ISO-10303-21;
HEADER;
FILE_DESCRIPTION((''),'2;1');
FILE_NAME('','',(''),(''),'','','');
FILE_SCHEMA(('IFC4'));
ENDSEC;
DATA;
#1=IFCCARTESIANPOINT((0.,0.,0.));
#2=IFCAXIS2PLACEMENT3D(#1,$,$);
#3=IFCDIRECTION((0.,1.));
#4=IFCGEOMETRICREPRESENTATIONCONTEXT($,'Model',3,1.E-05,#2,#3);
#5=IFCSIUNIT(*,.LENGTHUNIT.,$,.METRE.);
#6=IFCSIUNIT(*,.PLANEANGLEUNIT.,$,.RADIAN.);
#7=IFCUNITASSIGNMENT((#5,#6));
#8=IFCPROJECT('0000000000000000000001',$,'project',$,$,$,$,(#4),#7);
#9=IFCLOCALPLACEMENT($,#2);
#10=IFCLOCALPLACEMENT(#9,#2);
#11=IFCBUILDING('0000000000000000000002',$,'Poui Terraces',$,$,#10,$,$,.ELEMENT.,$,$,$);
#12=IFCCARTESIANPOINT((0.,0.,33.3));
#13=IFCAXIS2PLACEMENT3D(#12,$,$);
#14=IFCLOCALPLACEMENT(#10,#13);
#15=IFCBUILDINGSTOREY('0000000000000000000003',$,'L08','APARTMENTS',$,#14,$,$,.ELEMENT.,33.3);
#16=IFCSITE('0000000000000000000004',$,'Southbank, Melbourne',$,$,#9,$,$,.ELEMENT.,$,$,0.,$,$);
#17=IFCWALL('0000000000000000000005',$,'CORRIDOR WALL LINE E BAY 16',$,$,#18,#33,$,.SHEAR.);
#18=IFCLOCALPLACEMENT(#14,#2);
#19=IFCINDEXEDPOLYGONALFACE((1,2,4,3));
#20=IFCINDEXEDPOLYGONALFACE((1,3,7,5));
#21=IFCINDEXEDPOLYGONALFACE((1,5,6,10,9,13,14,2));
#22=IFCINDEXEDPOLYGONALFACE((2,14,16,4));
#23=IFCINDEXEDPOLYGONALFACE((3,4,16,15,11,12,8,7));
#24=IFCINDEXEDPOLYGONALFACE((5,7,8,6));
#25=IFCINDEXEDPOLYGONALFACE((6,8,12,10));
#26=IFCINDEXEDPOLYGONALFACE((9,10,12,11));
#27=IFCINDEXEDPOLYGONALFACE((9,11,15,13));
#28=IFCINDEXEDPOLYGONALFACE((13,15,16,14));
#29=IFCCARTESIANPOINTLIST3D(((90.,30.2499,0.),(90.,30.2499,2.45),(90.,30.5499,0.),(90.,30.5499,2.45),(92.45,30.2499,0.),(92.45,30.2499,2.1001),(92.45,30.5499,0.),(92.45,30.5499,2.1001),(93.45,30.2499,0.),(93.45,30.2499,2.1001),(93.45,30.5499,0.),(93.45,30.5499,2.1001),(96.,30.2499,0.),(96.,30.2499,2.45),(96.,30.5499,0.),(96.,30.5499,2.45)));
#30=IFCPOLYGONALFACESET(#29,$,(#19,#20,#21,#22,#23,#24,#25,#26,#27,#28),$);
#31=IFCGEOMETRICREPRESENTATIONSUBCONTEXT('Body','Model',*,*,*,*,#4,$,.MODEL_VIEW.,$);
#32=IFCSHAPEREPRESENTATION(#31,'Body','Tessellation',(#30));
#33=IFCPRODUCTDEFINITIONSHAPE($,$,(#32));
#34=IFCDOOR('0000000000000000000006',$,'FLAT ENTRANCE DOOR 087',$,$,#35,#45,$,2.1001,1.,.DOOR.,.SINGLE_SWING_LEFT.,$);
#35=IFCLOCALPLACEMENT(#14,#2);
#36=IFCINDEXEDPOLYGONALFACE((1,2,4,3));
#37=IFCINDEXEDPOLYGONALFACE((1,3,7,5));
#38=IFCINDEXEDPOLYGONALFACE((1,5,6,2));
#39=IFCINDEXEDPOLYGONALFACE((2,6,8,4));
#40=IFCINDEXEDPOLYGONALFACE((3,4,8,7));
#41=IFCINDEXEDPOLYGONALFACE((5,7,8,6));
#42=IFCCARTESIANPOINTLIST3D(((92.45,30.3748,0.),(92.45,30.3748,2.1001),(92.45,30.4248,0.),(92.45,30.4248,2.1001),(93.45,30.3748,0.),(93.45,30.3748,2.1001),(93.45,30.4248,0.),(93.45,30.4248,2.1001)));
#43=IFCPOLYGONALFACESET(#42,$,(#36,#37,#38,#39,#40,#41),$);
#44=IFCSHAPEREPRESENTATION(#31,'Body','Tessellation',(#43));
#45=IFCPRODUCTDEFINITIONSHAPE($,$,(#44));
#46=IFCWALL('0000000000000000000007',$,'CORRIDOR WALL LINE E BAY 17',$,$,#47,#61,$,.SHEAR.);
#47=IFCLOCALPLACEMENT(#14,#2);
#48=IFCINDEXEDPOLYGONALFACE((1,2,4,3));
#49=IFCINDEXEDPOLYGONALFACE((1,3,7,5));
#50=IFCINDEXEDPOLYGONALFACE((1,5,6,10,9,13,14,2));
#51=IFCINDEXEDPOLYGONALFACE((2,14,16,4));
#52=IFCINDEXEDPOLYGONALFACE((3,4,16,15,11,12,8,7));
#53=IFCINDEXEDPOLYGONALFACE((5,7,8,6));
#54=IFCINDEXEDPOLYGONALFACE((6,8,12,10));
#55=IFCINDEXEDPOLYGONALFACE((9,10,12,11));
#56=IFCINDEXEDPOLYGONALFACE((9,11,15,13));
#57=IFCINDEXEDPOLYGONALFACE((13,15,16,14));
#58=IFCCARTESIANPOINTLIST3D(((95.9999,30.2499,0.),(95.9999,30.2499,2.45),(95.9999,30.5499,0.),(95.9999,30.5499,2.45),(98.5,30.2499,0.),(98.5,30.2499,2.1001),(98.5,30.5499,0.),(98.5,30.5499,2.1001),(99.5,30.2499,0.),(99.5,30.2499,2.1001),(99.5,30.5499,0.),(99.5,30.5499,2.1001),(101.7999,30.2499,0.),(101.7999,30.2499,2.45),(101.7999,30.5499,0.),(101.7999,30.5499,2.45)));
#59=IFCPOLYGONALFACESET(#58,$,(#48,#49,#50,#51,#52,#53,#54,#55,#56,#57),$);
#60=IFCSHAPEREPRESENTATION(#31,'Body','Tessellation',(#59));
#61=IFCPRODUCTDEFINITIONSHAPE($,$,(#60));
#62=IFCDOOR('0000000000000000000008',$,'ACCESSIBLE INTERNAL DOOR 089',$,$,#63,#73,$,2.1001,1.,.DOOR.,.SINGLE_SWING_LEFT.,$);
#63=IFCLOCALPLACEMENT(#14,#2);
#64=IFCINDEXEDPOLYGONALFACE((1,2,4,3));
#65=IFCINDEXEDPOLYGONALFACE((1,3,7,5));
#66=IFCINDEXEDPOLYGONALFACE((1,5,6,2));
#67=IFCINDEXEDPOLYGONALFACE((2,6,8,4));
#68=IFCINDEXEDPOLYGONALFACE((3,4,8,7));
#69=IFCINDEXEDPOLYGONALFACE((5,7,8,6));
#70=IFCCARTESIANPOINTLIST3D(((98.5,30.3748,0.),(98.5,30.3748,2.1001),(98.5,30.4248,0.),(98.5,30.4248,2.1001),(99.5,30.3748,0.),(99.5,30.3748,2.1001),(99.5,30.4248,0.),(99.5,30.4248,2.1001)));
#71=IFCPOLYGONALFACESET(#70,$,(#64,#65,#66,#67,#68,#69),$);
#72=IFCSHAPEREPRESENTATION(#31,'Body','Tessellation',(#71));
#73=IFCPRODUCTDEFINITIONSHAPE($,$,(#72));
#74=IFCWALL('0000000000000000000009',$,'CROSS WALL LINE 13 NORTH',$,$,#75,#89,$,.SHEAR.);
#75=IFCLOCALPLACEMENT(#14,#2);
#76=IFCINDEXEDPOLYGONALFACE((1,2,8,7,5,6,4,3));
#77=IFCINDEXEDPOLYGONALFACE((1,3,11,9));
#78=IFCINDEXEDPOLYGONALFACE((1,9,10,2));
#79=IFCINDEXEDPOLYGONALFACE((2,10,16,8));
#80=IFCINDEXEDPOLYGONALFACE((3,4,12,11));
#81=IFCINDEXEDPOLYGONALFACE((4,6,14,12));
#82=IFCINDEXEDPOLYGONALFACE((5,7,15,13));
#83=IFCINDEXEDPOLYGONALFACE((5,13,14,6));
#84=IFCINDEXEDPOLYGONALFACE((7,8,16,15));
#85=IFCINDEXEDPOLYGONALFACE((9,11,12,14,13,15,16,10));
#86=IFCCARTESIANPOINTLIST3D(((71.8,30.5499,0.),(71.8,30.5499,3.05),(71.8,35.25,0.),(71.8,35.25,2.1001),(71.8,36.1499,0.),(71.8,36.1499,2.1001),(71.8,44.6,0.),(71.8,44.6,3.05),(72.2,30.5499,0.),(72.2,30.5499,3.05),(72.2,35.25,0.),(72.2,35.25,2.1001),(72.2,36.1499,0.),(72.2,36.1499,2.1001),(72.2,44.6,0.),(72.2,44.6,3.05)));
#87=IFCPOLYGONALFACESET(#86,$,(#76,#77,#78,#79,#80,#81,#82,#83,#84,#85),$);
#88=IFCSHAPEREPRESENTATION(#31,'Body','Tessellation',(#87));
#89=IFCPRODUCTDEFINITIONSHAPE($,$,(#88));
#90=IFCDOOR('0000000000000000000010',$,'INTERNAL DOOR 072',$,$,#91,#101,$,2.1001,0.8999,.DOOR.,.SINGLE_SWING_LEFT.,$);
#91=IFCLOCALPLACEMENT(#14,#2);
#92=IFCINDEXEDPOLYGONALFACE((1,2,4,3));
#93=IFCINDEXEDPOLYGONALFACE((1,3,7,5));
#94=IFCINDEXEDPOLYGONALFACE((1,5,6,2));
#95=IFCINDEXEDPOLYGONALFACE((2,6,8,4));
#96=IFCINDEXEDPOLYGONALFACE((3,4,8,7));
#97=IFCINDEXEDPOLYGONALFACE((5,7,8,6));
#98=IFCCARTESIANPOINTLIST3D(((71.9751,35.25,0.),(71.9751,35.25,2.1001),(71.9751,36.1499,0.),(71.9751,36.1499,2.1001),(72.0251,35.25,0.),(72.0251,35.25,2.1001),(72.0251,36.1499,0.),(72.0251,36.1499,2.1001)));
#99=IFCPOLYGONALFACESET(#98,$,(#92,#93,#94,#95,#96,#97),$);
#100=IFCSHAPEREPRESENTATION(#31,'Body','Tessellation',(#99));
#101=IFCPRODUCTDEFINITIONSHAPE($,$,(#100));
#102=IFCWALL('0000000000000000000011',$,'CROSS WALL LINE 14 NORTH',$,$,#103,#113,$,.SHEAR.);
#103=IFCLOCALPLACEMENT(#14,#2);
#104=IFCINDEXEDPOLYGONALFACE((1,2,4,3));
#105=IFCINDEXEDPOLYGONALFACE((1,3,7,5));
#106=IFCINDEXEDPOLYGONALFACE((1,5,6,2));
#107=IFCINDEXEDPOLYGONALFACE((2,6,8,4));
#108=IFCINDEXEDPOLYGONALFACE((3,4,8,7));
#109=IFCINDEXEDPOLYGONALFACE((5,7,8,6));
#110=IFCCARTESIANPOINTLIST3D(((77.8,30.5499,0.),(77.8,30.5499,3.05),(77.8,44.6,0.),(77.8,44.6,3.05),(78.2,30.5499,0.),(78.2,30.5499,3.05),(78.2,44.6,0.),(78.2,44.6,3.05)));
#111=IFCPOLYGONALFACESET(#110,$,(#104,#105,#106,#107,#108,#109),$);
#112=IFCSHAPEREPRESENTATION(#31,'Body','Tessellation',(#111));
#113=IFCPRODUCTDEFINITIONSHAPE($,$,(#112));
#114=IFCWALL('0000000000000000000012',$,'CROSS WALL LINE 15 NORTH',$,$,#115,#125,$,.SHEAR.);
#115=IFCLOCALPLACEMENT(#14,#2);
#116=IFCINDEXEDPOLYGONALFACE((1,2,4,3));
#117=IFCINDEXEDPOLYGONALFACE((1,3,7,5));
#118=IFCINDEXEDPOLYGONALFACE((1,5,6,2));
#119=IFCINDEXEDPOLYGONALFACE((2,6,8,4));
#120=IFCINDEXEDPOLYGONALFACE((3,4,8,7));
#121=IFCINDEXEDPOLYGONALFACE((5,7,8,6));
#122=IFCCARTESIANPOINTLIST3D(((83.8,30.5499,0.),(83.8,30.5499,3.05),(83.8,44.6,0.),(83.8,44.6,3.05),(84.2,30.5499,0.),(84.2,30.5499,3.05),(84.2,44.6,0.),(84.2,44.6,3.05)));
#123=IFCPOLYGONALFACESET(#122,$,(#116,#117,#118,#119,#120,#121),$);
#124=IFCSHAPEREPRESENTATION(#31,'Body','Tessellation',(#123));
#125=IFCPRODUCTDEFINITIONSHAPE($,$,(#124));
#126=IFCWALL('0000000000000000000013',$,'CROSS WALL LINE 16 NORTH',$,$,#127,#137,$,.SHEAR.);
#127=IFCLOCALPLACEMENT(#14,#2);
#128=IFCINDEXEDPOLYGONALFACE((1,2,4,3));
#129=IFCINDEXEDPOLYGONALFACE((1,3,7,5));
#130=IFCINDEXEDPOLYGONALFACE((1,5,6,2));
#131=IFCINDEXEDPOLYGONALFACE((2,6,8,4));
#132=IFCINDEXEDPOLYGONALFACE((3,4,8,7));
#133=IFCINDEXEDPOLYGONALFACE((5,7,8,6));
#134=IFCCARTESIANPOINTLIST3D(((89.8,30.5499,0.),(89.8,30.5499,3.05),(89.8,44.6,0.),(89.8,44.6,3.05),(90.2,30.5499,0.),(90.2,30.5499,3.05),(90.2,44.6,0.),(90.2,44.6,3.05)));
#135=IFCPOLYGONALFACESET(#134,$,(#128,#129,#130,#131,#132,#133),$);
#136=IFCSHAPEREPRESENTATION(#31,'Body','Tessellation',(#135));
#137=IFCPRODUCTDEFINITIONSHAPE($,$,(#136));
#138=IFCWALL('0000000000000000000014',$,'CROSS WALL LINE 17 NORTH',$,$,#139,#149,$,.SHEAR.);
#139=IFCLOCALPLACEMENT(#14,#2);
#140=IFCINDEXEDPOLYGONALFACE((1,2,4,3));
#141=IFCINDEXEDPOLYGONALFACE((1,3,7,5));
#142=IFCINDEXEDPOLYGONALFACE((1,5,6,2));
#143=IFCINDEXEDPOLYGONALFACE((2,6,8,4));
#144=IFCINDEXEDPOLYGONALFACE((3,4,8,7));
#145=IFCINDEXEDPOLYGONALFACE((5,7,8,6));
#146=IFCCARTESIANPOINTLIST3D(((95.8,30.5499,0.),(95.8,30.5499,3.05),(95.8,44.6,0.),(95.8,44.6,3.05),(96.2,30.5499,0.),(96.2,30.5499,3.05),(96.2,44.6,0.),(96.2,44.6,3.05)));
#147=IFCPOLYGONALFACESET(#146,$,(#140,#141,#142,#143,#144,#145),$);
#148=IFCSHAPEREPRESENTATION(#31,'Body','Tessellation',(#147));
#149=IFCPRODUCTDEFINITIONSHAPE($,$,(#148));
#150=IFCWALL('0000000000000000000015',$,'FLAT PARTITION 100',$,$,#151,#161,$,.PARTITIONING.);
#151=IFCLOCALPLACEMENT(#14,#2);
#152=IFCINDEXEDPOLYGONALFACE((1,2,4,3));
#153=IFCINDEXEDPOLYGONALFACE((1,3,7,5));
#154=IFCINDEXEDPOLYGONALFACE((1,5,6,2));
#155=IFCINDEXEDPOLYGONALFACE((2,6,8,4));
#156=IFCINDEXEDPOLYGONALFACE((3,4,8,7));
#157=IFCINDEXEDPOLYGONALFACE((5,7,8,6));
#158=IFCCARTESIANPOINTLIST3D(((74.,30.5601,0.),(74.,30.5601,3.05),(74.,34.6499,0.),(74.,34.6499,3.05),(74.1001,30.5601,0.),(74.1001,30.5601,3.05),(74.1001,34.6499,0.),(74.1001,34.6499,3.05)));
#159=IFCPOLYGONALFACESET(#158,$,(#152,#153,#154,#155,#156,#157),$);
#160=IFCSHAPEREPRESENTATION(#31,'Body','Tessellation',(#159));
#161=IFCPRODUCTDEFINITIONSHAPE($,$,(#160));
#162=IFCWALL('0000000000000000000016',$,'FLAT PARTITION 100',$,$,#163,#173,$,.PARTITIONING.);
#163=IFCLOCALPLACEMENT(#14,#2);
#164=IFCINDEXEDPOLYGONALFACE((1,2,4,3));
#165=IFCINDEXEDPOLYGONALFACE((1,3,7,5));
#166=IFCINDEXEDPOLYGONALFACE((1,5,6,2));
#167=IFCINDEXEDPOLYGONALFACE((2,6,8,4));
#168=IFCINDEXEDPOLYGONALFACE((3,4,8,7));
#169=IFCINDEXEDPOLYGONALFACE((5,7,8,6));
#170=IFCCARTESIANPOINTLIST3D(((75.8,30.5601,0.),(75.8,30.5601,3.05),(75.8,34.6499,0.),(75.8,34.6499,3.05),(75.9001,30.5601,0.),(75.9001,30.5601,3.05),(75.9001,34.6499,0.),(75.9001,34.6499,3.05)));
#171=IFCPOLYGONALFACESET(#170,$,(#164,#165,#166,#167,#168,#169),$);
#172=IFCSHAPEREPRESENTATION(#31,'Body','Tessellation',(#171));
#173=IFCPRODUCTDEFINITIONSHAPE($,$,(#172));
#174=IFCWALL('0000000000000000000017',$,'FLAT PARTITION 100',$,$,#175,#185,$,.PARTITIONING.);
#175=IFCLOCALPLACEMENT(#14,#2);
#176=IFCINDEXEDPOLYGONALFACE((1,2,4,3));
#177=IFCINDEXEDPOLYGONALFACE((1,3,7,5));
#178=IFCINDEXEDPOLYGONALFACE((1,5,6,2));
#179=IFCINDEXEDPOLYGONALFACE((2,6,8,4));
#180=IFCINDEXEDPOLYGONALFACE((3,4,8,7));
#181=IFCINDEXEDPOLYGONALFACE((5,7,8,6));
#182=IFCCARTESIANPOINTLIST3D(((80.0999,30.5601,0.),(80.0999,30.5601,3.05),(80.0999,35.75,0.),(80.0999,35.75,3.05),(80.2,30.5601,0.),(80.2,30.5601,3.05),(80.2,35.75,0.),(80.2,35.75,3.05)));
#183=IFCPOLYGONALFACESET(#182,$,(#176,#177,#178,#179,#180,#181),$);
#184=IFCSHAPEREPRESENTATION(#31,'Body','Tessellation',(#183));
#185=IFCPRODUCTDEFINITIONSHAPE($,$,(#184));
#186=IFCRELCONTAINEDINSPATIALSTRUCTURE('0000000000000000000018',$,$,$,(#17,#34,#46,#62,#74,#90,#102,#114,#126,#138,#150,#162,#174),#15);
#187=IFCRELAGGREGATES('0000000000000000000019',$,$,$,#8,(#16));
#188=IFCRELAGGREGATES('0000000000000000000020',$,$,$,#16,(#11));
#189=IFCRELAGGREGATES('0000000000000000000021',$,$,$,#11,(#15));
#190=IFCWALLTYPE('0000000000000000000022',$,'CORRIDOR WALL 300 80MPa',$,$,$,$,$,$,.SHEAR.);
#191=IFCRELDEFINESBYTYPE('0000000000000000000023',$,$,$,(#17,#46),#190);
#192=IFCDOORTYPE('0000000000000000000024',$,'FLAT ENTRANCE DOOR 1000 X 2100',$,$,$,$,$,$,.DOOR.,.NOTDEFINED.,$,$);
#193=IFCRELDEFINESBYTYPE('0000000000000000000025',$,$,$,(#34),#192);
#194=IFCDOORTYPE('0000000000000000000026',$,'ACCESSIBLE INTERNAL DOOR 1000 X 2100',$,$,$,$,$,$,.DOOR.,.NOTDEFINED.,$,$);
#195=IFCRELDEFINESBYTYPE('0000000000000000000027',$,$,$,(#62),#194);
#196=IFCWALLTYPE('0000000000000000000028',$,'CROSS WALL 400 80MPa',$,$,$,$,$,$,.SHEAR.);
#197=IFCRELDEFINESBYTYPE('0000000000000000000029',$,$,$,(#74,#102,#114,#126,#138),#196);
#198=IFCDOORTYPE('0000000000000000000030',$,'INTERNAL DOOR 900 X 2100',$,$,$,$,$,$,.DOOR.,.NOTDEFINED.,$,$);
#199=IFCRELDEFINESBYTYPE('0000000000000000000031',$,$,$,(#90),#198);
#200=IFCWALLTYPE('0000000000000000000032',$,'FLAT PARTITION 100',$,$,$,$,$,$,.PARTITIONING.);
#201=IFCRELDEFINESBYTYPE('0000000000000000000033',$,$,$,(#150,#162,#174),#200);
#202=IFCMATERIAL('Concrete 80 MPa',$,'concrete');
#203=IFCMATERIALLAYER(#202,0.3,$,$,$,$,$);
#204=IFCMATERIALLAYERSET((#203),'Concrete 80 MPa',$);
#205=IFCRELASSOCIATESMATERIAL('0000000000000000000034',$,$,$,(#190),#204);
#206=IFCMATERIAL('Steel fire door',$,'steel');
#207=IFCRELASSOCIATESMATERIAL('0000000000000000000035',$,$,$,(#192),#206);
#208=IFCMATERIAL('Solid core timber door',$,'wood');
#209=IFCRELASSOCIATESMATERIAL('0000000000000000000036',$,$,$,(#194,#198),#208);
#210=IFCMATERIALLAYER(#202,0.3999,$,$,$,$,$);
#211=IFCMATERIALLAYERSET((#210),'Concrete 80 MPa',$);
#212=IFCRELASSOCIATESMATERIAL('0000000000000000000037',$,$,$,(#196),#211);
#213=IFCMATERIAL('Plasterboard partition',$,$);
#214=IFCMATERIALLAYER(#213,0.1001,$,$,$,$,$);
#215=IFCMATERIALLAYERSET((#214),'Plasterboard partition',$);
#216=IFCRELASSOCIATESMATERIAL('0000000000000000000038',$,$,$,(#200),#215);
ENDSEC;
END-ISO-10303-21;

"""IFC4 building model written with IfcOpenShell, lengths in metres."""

from ifc_helpers import new_model, si_unit, direction, frame, frame_2d, origin, place, context, subcontext, project, spatial, rectangle, extrude, material, layer, layer_set, type_object, element, fill, save


model = new_model("IFC4")

# Units and contexts
model_context = context("Model", 3, precision=1e-05, world=origin(), true_north=direction((0.0, 1.0)))
body_context = subcontext(model_context, "Body", "Model", "MODEL_VIEW")
ifc_project = project(units=[si_unit("LENGTHUNIT", "METRE"), si_unit("PLANEANGLEUNIT", "RADIAN")], contexts=[model_context])

# Site, building, storey
site_placement = place(None, origin())
site = spatial("IfcSite", under=ifc_project, at=site_placement, Name="Southbank, Melbourne", CompositionType="ELEMENT", RefElevation=0.0)
building_placement = place(site_placement, origin())
building = spatial("IfcBuilding", under=site, at=building_placement, Name="Poui Terraces", CompositionType="ELEMENT")
storey_placement = place(building_placement, frame((0.0, 0.0, 33.3)))
storey = spatial("IfcBuildingStorey", under=building, at=storey_placement, Name="L08", Description="APARTMENTS", CompositionType="ELEMENT", Elevation=33.3)

# Shared definitions
ifc_material_1 = material(Name="Concrete 80 MPa", Category="concrete")

# Walls, openings, doors
ifc_layer_1 = layer(ifc_material_1, 0.3)
ifc_layer_set_1 = layer_set([ifc_layer_1], Name="Concrete 80 MPa")
wall_type_1 = type_object("IfcWallType", Name="CORRIDOR WALL 300 80MPa", PredefinedType="SHEAR", material=ifc_layer_set_1)
ifc_material_2 = material(Name="Steel fire door", Category="steel")
door_type_1 = type_object("IfcDoorType", Name="FLAT ENTRANCE DOOR 1000 X 2100", OperationType="NOTDEFINED", PredefinedType="DOOR", material=ifc_material_2)
wall_1_placement = place(storey_placement, frame((90.0, 30.3999, 0.0), z_axis=(0.0, 0.0, 1.0), x_axis=(1.0, 0.0, 0.0)))
wall_1 = element("IfcWall", 1, at=wall_1_placement, inside=storey, type_object=wall_type_1, Name="CORRIDOR WALL LINE E BAY 16", PredefinedType="SHEAR", context=body_context, shape_type="SweptSolid", body=[
    extrude(rectangle(XDim=6.0, YDim=0.3, at=frame_2d((3.0, 0.0))), origin(), (0.0, 0.0, 1.0), 2.45),
])
opening_1_placement = place(wall_1_placement, frame((2.45, 0.0, 0.0)))
opening_1 = element("IfcOpeningElement", 2, at=opening_1_placement, cuts=wall_1, PredefinedType="OPENING", context=body_context, shape_type="SweptSolid", body=[
    extrude(rectangle(XDim=1.0, YDim=2.1001, at=frame_2d((0.5, 1.05))), frame((0.0, 0.1602, 0.0), z_axis=(0.0, -1.0, 0.0), x_axis=(1.0, 0.0, 0.0)), (0.0, 0.0, 1.0), 0.3201),
])
door_1_placement = place(opening_1_placement, origin())
door_1 = element("IfcDoor", 3, at=door_1_placement, inside=storey, type_object=door_type_1, Name="FLAT ENTRANCE DOOR 087", OperationType="SINGLE_SWING_LEFT", OverallHeight=2.1001, OverallWidth=1.0, PredefinedType="DOOR", context=body_context, shape_type="SweptSolid", body=[
    extrude(rectangle(XDim=1.0, YDim=2.1001, at=frame_2d((0.5, 1.05))), frame((0.0, 0.0249, 0.0), z_axis=(0.0, -1.0, 0.0), x_axis=(1.0, 0.0, 0.0)), (0.0, 0.0, 1.0), 0.05),
])
fill(opening_1, door_1)
wall_2_placement = place(storey_placement, frame((96.0, 30.3999, 0.0), z_axis=(0.0, 0.0, 1.0), x_axis=(1.0, 0.0, 0.0)))
wall_2 = element("IfcWall", 4, at=wall_2_placement, inside=storey, type_object=wall_type_1, Name="CORRIDOR WALL LINE E BAY 17", PredefinedType="SHEAR", context=body_context, shape_type="SweptSolid", body=[
    extrude(rectangle(XDim=5.8, YDim=0.3, at=frame_2d((2.8999, 0.0))), origin(), (0.0, 0.0, 1.0), 2.45),
])
opening_2_placement = place(wall_2_placement, frame((2.5, 0.0, 0.0)))
opening_2 = element("IfcOpeningElement", 5, at=opening_2_placement, cuts=wall_2, PredefinedType="OPENING", context=body_context, shape_type="SweptSolid", body=[
    extrude(rectangle(XDim=1.0, YDim=2.1001, at=frame_2d((0.5, 1.05))), frame((0.0, 0.1602, 0.0), z_axis=(0.0, -1.0, 0.0), x_axis=(1.0, 0.0, 0.0)), (0.0, 0.0, 1.0), 0.3201),
])
ifc_material_3 = material(Name="Solid core timber door", Category="wood")
door_type_2 = type_object("IfcDoorType", Name="ACCESSIBLE INTERNAL DOOR 1000 X 2100", OperationType="NOTDEFINED", PredefinedType="DOOR", material=ifc_material_3)
door_2_placement = place(opening_2_placement, origin())
door_2 = element("IfcDoor", 6, at=door_2_placement, inside=storey, type_object=door_type_2, Name="ACCESSIBLE INTERNAL DOOR 089", OperationType="SINGLE_SWING_LEFT", OverallHeight=2.1001, OverallWidth=1.0, PredefinedType="DOOR", context=body_context, shape_type="SweptSolid", body=[
    extrude(rectangle(XDim=1.0, YDim=2.1001, at=frame_2d((0.5, 1.05))), frame((0.0, 0.0249, 0.0), z_axis=(0.0, -1.0, 0.0), x_axis=(1.0, 0.0, 0.0)), (0.0, 0.0, 1.0), 0.05),
])
fill(opening_2, door_2)
ifc_layer_2 = layer(ifc_material_1, 0.3999)
ifc_layer_set_2 = layer_set([ifc_layer_2], Name="Concrete 80 MPa")
wall_type_2 = type_object("IfcWallType", Name="CROSS WALL 400 80MPa", PredefinedType="SHEAR", material=ifc_layer_set_2)
wall_3_placement = place(storey_placement, frame((72.0, 30.55, 0.0), z_axis=(0.0, 0.0, 1.0), x_axis=(0.0, 1.0, 0.0)))
wall_3 = element("IfcWall", 7, at=wall_3_placement, inside=storey, type_object=wall_type_2, Name="CROSS WALL LINE 13 NORTH", PredefinedType="SHEAR", context=body_context, shape_type="SweptSolid", body=[
    extrude(rectangle(XDim=14.05, YDim=0.3999, at=frame_2d((7.0249, 0.0))), origin(), (0.0, 0.0, 1.0), 3.05),
])
opening_3_placement = place(wall_3_placement, frame((4.7, 0.0, 0.0)))
opening_3 = element("IfcOpeningElement", 8, at=opening_3_placement, cuts=wall_3, PredefinedType="OPENING", context=body_context, shape_type="SweptSolid", body=[
    extrude(rectangle(XDim=0.8999, YDim=2.1001, at=frame_2d((0.45, 1.05))), frame((0.0, 0.21, 0.0), z_axis=(0.0, -1.0, 0.0), x_axis=(1.0, 0.0, 0.0)), (0.0, 0.0, 1.0), 0.4199),
])
door_type_3 = type_object("IfcDoorType", Name="INTERNAL DOOR 900 X 2100", OperationType="NOTDEFINED", PredefinedType="DOOR", material=ifc_material_3)
door_3_placement = place(opening_3_placement, origin())
door_3 = element("IfcDoor", 9, at=door_3_placement, inside=storey, type_object=door_type_3, Name="INTERNAL DOOR 072", OperationType="SINGLE_SWING_LEFT", OverallHeight=2.1001, OverallWidth=0.8999, PredefinedType="DOOR", context=body_context, shape_type="SweptSolid", body=[
    extrude(rectangle(XDim=0.8999, YDim=2.1001, at=frame_2d((0.45, 1.05))), frame((0.0, 0.0249, 0.0), z_axis=(0.0, -1.0, 0.0), x_axis=(1.0, 0.0, 0.0)), (0.0, 0.0, 1.0), 0.05),
])
fill(opening_3, door_3)

# Walls
for number, where, z_axis, x_axis, name in (
    (10, (78.0, 30.55, 0.0), (0.0, 0.0, 1.0), (0.0, 1.0, 0.0), "CROSS WALL LINE 14 NORTH"),
    (11, (84.0, 30.55, 0.0), (0.0, 0.0, 1.0), (0.0, 1.0, 0.0), "CROSS WALL LINE 15 NORTH"),
    (12, (90.0, 30.55, 0.0), (0.0, 0.0, 1.0), (0.0, 1.0, 0.0), "CROSS WALL LINE 16 NORTH"),
    (13, (96.0, 30.55, 0.0), (0.0, 0.0, 1.0), (0.0, 1.0, 0.0), "CROSS WALL LINE 17 NORTH"),
):
    element("IfcWall", number, at=place(storey_placement, frame(where, z_axis=z_axis, x_axis=x_axis)), inside=storey, type_object=wall_type_2, Name=name, PredefinedType="SHEAR", context=body_context, shape_type="SweptSolid", body=[
        extrude(rectangle(XDim=14.05, YDim=0.3999, at=frame_2d((7.0249, 0.0))), origin(), (0.0, 0.0, 1.0), 3.05),
    ])
ifc_material_4 = material(Name="Plasterboard partition")
ifc_layer_3 = layer(ifc_material_4, 0.1001)
ifc_layer_set_3 = layer_set([ifc_layer_3], Name="Plasterboard partition")
wall_type_3 = type_object("IfcWallType", Name="FLAT PARTITION 100", PredefinedType="PARTITIONING", material=ifc_layer_set_3)
for number, where, z_axis, x_axis, name in (
    (14, (74.05, 30.5601, 0.0), (0.0, 0.0, 1.0), (0.0, 1.0, 0.0), "FLAT PARTITION 100"),
    (15, (75.8501, 30.5601, 0.0), (0.0, 0.0, 1.0), (0.0, 1.0, 0.0), "FLAT PARTITION 100"),
):
    element("IfcWall", number, at=place(storey_placement, frame(where, z_axis=z_axis, x_axis=x_axis)), inside=storey, type_object=wall_type_3, Name=name, PredefinedType="PARTITIONING", context=body_context, shape_type="SweptSolid", body=[
        extrude(rectangle(XDim=4.0898, YDim=0.1001, at=frame_2d((2.0449, 0.0))), origin(), (0.0, 0.0, 1.0), 3.05),
    ])
for number, where, z_axis, x_axis, name in (
    (16, (80.1499, 30.5601, 0.0), (0.0, 0.0, 1.0), (0.0, 1.0, 0.0), "FLAT PARTITION 100"),
):
    element("IfcWall", number, at=place(storey_placement, frame(where, z_axis=z_axis, x_axis=x_axis)), inside=storey, type_object=wall_type_3, Name=name, PredefinedType="PARTITIONING", context=body_context, shape_type="SweptSolid", body=[
        extrude(rectangle(XDim=5.1899, YDim=0.1001, at=frame_2d((2.595, 0.0))), origin(), (0.0, 0.0, 1.0), 3.05),
    ])

save(model, "model.ifc")
